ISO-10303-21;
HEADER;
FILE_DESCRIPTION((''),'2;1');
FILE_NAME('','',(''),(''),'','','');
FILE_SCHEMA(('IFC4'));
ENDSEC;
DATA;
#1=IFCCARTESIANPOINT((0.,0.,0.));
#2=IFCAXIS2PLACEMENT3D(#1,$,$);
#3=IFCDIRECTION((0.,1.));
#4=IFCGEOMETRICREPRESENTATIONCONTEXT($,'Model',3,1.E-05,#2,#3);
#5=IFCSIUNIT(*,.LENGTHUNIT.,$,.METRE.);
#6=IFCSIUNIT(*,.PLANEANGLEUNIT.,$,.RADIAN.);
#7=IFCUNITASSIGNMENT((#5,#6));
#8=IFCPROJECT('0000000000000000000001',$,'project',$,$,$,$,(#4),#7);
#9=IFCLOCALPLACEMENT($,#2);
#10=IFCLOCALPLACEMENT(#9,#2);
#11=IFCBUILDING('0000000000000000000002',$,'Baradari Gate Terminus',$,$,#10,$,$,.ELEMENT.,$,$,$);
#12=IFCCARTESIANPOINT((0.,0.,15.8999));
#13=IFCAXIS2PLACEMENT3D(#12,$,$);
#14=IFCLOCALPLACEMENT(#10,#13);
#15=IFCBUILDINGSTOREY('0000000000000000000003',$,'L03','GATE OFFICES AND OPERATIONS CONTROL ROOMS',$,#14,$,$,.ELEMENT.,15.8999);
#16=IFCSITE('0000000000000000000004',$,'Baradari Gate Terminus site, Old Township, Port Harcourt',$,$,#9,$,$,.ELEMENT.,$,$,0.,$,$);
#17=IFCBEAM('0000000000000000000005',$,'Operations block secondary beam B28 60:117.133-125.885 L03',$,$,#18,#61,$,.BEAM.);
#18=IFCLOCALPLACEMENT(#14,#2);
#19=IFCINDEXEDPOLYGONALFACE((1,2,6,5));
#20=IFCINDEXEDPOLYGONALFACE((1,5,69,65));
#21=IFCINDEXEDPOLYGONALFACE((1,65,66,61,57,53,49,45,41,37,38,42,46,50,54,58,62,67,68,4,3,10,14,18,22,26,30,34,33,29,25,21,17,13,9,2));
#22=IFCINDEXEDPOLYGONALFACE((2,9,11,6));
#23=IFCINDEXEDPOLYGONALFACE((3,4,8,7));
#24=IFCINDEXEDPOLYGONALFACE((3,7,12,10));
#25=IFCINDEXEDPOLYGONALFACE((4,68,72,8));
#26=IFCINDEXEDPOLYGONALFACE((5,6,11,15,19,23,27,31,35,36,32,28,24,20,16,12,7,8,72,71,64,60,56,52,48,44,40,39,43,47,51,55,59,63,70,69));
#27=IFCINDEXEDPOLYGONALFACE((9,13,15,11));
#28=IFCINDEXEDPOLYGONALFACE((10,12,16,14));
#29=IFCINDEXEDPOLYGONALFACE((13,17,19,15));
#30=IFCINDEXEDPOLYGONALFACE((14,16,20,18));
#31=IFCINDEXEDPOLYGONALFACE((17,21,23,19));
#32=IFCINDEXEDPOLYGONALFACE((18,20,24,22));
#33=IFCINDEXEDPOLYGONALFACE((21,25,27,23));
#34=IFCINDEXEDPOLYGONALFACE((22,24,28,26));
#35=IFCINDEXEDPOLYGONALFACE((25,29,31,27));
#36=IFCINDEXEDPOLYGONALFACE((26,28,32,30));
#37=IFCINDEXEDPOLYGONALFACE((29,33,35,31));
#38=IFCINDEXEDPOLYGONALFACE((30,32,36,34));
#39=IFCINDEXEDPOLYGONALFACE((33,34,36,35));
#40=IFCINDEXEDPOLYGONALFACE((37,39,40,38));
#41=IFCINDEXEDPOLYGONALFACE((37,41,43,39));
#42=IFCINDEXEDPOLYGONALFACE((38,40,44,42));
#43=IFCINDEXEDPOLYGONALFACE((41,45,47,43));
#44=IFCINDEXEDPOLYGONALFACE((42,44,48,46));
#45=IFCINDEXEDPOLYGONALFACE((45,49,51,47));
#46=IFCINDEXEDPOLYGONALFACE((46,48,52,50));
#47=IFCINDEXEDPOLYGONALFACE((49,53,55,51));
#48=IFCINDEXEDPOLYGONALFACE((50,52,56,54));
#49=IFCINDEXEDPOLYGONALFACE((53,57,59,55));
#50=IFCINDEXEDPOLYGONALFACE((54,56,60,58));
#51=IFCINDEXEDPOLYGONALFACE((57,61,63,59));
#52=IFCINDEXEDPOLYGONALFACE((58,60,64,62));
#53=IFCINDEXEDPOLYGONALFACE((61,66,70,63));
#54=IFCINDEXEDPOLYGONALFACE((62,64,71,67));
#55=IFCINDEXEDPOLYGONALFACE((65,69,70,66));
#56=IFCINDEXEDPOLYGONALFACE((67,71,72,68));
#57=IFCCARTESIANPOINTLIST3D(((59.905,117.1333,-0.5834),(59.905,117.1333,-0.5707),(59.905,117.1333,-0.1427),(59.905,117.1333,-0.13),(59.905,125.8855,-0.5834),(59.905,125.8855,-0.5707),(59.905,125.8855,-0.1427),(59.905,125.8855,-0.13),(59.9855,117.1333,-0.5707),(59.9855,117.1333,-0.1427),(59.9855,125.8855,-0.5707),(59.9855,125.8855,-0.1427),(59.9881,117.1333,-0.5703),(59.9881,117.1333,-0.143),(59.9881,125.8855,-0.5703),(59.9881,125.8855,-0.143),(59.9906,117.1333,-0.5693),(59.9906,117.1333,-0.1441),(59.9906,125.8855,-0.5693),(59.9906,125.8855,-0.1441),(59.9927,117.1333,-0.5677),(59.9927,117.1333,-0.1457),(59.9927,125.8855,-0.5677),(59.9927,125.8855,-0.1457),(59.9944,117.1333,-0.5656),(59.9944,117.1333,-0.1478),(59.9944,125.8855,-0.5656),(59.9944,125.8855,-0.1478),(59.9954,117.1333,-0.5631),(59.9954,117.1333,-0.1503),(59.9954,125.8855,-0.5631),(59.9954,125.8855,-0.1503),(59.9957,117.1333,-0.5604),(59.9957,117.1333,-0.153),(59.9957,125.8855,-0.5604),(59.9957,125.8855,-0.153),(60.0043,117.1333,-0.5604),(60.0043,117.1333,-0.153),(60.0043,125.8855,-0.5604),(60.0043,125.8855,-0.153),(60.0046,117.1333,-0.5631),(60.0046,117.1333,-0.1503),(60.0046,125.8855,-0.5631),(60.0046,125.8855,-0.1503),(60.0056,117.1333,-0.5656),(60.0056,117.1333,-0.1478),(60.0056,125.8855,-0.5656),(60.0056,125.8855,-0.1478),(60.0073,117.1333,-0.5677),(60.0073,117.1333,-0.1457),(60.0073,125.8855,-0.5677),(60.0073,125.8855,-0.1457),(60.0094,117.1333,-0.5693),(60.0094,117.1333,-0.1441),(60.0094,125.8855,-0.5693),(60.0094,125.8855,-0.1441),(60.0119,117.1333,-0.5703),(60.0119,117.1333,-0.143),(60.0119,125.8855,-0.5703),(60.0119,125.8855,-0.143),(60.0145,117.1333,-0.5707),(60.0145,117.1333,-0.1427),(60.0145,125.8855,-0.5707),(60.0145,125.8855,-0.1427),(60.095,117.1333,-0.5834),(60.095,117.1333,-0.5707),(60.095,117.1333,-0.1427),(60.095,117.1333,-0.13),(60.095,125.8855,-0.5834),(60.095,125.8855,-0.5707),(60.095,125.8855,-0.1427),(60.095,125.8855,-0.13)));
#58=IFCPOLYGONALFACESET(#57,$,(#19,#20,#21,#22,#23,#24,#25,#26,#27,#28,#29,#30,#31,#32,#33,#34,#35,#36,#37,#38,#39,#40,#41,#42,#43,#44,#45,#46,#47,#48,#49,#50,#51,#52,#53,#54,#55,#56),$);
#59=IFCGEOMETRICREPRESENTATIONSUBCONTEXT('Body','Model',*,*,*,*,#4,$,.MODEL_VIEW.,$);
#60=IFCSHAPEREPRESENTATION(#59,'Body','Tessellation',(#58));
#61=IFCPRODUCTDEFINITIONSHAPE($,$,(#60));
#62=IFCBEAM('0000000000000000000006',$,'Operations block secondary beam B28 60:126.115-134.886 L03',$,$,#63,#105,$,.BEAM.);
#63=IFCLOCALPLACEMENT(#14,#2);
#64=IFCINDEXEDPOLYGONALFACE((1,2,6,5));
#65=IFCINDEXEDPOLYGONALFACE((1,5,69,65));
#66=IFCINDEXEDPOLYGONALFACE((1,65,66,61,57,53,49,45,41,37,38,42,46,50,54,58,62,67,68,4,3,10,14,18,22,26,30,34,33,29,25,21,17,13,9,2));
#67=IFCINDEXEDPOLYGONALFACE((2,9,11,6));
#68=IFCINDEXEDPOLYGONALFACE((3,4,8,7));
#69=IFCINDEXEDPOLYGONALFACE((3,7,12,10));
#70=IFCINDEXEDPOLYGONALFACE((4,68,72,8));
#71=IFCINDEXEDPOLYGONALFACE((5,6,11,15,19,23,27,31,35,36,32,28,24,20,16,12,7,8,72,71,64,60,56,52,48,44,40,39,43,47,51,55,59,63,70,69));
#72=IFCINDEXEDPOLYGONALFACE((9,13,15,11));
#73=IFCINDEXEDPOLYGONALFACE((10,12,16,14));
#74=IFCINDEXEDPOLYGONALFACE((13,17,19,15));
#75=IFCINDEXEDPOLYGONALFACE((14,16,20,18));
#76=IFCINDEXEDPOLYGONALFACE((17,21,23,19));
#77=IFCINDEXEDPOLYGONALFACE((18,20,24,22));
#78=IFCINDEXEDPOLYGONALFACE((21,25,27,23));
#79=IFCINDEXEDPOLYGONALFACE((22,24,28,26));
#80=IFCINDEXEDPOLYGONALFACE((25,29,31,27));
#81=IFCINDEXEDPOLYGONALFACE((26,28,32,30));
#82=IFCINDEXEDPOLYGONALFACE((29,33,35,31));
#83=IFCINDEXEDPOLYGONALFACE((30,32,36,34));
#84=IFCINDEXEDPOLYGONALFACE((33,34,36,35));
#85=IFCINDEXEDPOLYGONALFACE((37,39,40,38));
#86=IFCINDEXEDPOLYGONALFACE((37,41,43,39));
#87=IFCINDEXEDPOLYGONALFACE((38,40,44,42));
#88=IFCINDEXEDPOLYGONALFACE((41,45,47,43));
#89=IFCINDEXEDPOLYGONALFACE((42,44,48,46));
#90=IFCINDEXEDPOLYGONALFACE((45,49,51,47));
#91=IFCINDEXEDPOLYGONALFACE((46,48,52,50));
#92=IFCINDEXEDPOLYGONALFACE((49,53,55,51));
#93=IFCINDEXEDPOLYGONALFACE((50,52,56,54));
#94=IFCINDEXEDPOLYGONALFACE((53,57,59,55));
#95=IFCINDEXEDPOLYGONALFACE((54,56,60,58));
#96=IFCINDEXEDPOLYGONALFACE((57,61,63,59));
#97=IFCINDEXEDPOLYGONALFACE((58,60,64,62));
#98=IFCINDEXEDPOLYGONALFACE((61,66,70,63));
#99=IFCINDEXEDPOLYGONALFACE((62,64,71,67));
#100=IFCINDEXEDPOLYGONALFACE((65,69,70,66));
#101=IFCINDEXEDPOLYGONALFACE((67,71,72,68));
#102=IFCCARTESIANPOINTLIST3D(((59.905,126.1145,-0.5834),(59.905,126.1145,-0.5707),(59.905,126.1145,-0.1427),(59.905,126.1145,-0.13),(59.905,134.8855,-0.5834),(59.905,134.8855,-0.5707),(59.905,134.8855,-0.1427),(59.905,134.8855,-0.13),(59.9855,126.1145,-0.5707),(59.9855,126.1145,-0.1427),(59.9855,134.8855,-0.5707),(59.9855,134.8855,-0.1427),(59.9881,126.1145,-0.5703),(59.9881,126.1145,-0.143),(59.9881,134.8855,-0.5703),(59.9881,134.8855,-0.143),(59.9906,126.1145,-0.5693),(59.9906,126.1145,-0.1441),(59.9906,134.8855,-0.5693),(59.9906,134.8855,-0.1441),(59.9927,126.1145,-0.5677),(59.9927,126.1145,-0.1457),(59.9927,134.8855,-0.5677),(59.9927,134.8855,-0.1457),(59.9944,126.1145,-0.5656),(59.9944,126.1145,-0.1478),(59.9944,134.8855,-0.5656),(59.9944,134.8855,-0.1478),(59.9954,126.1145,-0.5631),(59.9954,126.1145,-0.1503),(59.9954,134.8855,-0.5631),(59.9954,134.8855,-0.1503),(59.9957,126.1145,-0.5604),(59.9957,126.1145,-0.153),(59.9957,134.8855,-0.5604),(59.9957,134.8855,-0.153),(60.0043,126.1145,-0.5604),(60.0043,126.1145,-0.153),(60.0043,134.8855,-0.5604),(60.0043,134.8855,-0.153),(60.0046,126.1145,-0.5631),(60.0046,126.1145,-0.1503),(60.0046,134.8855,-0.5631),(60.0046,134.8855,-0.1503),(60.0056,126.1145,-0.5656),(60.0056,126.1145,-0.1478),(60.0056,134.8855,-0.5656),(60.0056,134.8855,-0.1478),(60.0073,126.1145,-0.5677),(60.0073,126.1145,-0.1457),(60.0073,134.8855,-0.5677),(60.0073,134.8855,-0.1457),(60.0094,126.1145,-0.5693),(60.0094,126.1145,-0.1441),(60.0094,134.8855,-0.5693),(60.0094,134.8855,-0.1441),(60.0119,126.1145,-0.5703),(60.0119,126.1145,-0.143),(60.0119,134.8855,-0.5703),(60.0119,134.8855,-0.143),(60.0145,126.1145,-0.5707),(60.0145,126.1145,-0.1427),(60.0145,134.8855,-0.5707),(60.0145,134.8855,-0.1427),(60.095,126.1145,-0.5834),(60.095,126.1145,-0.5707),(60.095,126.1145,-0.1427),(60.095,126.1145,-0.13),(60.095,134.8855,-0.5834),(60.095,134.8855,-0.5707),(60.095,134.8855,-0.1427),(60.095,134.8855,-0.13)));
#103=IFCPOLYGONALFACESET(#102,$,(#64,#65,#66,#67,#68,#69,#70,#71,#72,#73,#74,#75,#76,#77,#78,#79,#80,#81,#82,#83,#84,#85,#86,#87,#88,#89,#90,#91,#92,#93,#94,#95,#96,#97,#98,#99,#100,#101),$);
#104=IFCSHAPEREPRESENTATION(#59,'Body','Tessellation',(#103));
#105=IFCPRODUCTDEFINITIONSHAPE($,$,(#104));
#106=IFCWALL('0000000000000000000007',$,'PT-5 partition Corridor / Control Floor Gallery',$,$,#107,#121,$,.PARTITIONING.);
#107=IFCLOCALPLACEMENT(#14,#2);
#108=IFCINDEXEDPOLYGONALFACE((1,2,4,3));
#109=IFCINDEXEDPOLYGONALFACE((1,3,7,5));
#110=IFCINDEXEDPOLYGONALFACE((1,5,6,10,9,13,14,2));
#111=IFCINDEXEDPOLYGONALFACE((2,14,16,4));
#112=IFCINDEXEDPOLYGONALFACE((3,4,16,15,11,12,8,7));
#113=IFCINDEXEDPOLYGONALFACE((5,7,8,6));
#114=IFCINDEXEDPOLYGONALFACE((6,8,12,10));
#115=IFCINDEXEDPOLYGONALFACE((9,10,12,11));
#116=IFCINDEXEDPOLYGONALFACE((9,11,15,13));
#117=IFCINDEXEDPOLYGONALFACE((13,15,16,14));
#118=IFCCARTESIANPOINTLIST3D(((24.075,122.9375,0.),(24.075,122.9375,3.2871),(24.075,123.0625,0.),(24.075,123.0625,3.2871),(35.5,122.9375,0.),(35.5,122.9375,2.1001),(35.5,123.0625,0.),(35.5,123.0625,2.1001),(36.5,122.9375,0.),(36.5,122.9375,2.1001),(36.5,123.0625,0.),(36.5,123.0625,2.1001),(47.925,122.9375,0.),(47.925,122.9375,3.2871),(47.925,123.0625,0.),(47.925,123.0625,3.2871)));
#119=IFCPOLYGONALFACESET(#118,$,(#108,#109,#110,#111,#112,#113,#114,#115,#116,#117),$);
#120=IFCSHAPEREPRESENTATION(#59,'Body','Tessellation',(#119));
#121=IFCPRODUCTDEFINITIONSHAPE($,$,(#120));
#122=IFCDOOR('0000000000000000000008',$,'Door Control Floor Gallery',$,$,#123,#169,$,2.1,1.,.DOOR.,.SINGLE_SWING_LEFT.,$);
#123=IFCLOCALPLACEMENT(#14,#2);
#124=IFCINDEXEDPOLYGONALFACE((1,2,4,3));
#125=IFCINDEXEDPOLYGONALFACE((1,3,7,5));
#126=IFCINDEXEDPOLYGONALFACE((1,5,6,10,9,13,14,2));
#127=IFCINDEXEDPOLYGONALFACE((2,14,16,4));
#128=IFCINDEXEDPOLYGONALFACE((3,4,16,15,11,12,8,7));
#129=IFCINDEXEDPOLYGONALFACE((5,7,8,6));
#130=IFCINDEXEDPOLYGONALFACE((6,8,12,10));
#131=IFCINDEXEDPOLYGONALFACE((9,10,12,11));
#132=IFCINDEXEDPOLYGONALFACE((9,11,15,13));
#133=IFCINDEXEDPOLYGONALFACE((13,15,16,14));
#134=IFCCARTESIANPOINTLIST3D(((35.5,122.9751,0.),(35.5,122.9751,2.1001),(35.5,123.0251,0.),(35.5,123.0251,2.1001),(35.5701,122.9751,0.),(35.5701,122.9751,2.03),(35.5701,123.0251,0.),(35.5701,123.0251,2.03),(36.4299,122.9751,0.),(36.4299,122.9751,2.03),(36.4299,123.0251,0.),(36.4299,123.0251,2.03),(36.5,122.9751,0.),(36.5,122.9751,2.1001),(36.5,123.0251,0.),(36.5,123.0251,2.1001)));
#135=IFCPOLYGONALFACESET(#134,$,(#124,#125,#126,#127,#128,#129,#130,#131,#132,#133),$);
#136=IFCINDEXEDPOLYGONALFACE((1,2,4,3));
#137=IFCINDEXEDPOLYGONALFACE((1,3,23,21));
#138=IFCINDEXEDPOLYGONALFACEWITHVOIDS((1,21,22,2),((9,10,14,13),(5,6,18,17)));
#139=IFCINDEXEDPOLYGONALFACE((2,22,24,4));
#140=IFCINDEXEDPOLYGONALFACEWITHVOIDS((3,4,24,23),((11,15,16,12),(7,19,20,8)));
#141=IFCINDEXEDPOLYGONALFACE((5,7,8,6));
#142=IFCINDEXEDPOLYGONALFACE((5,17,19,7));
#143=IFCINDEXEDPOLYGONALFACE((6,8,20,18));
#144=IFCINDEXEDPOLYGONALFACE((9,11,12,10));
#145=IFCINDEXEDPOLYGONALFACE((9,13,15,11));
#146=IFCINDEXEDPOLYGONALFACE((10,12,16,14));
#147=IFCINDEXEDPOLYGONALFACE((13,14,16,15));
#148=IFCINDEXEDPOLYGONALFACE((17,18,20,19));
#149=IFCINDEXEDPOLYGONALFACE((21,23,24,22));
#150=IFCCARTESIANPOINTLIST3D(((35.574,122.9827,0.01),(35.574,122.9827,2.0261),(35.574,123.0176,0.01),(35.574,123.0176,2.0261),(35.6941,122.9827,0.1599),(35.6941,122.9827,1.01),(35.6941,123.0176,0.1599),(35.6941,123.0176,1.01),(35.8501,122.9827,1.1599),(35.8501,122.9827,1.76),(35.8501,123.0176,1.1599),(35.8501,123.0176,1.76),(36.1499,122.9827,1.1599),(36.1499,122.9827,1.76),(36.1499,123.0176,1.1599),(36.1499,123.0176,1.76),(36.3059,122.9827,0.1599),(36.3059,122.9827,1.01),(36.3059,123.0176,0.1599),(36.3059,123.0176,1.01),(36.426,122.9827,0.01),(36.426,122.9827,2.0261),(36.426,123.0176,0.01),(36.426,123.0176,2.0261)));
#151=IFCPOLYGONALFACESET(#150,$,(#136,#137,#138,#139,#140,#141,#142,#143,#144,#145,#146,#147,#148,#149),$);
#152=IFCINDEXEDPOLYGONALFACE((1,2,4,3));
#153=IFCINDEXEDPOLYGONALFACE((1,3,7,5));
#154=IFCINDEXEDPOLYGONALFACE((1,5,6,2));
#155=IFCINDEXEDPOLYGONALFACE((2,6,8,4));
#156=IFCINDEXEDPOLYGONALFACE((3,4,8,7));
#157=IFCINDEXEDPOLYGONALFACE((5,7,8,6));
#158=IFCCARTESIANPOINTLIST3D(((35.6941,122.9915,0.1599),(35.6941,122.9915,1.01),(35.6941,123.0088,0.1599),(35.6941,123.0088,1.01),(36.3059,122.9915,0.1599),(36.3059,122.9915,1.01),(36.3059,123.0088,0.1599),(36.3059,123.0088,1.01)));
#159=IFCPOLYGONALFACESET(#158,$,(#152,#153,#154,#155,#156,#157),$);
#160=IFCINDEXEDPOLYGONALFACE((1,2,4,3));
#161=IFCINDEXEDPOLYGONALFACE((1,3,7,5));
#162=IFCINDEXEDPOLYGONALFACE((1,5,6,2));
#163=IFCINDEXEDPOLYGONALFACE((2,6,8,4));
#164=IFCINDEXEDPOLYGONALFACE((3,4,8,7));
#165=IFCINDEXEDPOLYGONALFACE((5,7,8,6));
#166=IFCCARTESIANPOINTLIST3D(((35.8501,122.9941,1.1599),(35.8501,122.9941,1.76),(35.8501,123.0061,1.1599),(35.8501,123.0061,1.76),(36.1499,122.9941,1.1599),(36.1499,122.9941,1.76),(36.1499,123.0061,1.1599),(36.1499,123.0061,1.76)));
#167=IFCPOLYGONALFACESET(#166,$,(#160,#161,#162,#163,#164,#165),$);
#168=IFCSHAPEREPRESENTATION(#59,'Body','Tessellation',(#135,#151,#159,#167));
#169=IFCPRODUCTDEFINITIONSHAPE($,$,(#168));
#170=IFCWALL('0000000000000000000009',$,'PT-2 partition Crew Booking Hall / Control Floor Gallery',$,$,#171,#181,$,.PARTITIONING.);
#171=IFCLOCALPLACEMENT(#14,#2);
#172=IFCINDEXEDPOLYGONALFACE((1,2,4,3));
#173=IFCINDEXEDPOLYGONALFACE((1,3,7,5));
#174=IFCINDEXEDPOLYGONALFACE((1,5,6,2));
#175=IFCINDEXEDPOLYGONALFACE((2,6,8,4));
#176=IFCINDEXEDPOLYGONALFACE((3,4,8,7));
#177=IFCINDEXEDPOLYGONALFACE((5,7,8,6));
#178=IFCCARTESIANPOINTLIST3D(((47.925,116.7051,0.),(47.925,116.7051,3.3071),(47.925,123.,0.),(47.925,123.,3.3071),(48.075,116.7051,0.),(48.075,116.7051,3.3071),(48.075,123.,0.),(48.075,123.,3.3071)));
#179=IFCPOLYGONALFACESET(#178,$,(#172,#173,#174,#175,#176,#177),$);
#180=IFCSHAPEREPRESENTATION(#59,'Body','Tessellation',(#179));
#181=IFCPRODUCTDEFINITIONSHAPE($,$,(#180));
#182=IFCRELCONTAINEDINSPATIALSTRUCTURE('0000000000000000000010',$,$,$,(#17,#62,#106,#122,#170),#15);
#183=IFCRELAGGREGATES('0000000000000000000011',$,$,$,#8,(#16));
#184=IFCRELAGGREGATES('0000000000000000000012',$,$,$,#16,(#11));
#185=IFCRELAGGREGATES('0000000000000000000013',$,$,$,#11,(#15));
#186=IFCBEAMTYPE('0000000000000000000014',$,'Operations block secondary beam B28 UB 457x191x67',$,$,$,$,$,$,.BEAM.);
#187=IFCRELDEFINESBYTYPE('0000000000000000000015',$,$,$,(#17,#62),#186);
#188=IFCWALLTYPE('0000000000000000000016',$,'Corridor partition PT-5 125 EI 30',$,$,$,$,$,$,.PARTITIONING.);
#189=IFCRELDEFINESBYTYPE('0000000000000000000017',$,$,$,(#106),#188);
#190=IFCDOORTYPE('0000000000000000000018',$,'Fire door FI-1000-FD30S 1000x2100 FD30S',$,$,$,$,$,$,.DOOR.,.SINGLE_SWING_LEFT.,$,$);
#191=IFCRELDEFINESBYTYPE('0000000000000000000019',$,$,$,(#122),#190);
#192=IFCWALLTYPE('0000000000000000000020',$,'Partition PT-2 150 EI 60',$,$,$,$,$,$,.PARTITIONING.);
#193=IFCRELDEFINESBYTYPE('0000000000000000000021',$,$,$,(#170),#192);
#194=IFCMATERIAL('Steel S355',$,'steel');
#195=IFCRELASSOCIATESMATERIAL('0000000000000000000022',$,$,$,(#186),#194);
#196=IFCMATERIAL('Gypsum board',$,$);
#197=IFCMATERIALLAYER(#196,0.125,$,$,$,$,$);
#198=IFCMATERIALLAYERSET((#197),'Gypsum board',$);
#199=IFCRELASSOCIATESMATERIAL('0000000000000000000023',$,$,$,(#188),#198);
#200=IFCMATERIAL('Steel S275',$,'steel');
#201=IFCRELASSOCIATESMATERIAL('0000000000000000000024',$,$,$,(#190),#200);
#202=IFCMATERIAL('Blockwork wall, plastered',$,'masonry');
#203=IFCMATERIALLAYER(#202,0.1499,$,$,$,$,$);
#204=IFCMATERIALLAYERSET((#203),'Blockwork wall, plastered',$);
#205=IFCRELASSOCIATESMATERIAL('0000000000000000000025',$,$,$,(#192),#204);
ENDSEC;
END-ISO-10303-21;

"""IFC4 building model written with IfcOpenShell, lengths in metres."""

from ifc_helpers import new_model, si_unit, direction, frame, frame_2d, origin, origin_2d, place, context, subcontext, project, spatial, polyline, rectangle, i_section, outline, extrude, material, layer, layer_set, material_profile, profile_set, type_object, element, fill, save


model = new_model("IFC4")

# Units and contexts
model_context = context("Model", 3, precision=1e-05, world=origin(), true_north=direction((0.0, 1.0)))
body_context = subcontext(model_context, "Body", "Model", "MODEL_VIEW")
ifc_project = project(units=[si_unit("LENGTHUNIT", "METRE"), si_unit("PLANEANGLEUNIT", "RADIAN")], contexts=[model_context])

# Site, building, storey
site_placement = place(None, origin())
site = spatial("IfcSite", under=ifc_project, at=site_placement, Name="Baradari Gate Terminus site, Old Township, Port Harcourt", CompositionType="ELEMENT", RefElevation=0.0)
building_placement = place(site_placement, origin())
building = spatial("IfcBuilding", under=site, at=building_placement, Name="Baradari Gate Terminus", CompositionType="ELEMENT")
storey_placement = place(building_placement, frame((0.0, 0.0, 15.8999)))
storey = spatial("IfcBuildingStorey", under=building, at=storey_placement, Name="L03", Description="GATE OFFICES AND OPERATIONS CONTROL ROOMS", CompositionType="ELEMENT", Elevation=15.8999)

# Beams
ifc_material_1 = material(Name="Steel S355", Category="steel")
ifc_material_profile_1 = material_profile(ifc_material_1, i_section(OverallWidth=0.1899, OverallDepth=0.4534, WebThickness=0.0085, FlangeThickness=0.0127, FilletRadius=0.0103, at=origin_2d()), Name="UB 457x191x67")
ifc_profile_set_1 = profile_set([ifc_material_profile_1], Name="Steel S355")
beam_type_1 = type_object("IfcBeamType", Name="Operations block secondary beam B28 UB 457x191x67", PredefinedType="BEAM", material=ifc_profile_set_1)
beam_1_placement = place(storey_placement, frame((60.0, 117.1333, -0.3567), z_axis=(0.0, 1.0, 0.0), x_axis=(-1.0, 0.0, 0.0)))
element("IfcBeam", 1, at=beam_1_placement, inside=storey, type_object=beam_type_1, Name="Operations block secondary beam B28 60:117.133-125.885 L03", PredefinedType="BEAM", context=body_context, shape_type="SweptSolid", body=[
    extrude(i_section(OverallWidth=0.1899, OverallDepth=0.4534, WebThickness=0.0085, FlangeThickness=0.0127, FilletRadius=0.0103, at=origin_2d()), origin(), (0.0, 0.0, 1.0), 8.7522),
])
beam_2_placement = place(storey_placement, frame((60.0, 126.1145, -0.3567), z_axis=(0.0, 1.0, 0.0), x_axis=(-1.0, 0.0, 0.0)))
element("IfcBeam", 2, at=beam_2_placement, inside=storey, type_object=beam_type_1, Name="Operations block secondary beam B28 60:126.115-134.886 L03", PredefinedType="BEAM", context=body_context, shape_type="SweptSolid", body=[
    extrude(i_section(OverallWidth=0.1899, OverallDepth=0.4534, WebThickness=0.0085, FlangeThickness=0.0127, FilletRadius=0.0103, at=origin_2d()), origin(), (0.0, 0.0, 1.0), 8.771),
])

# Wall, opening, door
ifc_material_2 = material(Name="Gypsum board")
ifc_layer_1 = layer(ifc_material_2, 0.125)
ifc_layer_set_1 = layer_set([ifc_layer_1], Name="Gypsum board")
wall_type_1 = type_object("IfcWallType", Name="Corridor partition PT-5 125 EI 30", PredefinedType="PARTITIONING", material=ifc_layer_set_1)
wall_1_placement = place(storey_placement, frame((47.925, 123.0, 0.0), z_axis=(0.0, 0.0, 1.0), x_axis=(-1.0, 0.0, 0.0)))
wall_1 = element("IfcWall", 3, at=wall_1_placement, inside=storey, type_object=wall_type_1, Name="PT-5 partition Corridor / Control Floor Gallery", PredefinedType="PARTITIONING", context=body_context, shape_type="SweptSolid", body=[
    extrude(rectangle(XDim=23.8501, YDim=0.125, at=frame_2d((11.925, 0.0))), origin(), (0.0, 0.0, 1.0), 3.2871),
])
opening_placement = place(wall_1_placement, frame((11.425, 0.0, 0.0)))
opening = element("IfcOpeningElement", 4, at=opening_placement, cuts=wall_1, PredefinedType="OPENING", context=body_context, shape_type="SweptSolid", body=[
    extrude(rectangle(XDim=1.0, YDim=2.1001, at=frame_2d((0.5, 1.05))), frame((0.0, 0.0725, 0.0), z_axis=(0.0, -1.0, 0.0), x_axis=(1.0, 0.0, 0.0)), (0.0, 0.0, 1.0), 0.145),
])
ifc_material_3 = material(Name="Steel S275", Category="steel")
door_type = type_object("IfcDoorType", Name="Fire door FI-1000-FD30S 1000x2100 FD30S", OperationType="SINGLE_SWING_LEFT", PredefinedType="DOOR", material=ifc_material_3)
door_placement = place(opening_placement, origin())
door = element("IfcDoor", 5, at=door_placement, inside=storey, type_object=door_type, Name="Door Control Floor Gallery", OperationType="SINGLE_SWING_LEFT", OverallHeight=2.1, OverallWidth=1.0, PredefinedType="DOOR", context=body_context, shape_type="SweptSolid", body=[
    extrude(outline(polyline([(0.0, 0.0), (0.0701, 0.0), (0.0701, 2.03), (0.9299, 2.03), (0.9299, 0.0), (1.0, 0.0), (1.0, 2.1001), (0.0, 2.1001), (0.0, 0.0)])), frame((0.0, 0.0249, 0.0), z_axis=(0.0, -1.0, 0.0), x_axis=(1.0, 0.0, 0.0)), (0.0, 0.0, 1.0), 0.05),
    extrude(outline(polyline([(0.074, 0.01), (0.926, 0.01), (0.926, 2.0261), (0.074, 2.0261), (0.074, 0.01)]), holes=[polyline([(0.1941, 0.1599), (0.8059, 0.1599), (0.8059, 1.01), (0.1941, 1.01), (0.1941, 0.1599)]), polyline([(0.3501, 1.1599), (0.6499, 1.1599), (0.6499, 1.76), (0.3501, 1.76), (0.3501, 1.1599)])]), frame((0.0, 0.0173, 0.0), z_axis=(0.0, -1.0, 0.0), x_axis=(1.0, 0.0, 0.0)), (0.0, 0.0, 1.0), 0.0349),
    extrude(rectangle(XDim=0.6118, YDim=0.8501, at=frame_2d((0.5, 0.585))), frame((0.0, 0.0085, 0.0), z_axis=(0.0, -1.0, 0.0), x_axis=(1.0, 0.0, 0.0)), (0.0, 0.0, 1.0), 0.0173),
    extrude(rectangle(XDim=0.2998, YDim=0.6001, at=frame_2d((0.5, 1.46))), frame((0.0, 0.0059, 0.0), z_axis=(0.0, -1.0, 0.0), x_axis=(1.0, 0.0, 0.0)), (0.0, 0.0, 1.0), 0.012),
])
fill(opening, door)

# Wall
ifc_material_4 = material(Name="Blockwork wall, plastered", Category="masonry")
ifc_layer_2 = layer(ifc_material_4, 0.1499)
ifc_layer_set_2 = layer_set([ifc_layer_2], Name="Blockwork wall, plastered")
wall_type_2 = type_object("IfcWallType", Name="Partition PT-2 150 EI 60", PredefinedType="PARTITIONING", material=ifc_layer_set_2)
wall_2_placement = place(storey_placement, frame((48.0, 116.7051, 0.0), z_axis=(0.0, 0.0, 1.0), x_axis=(0.0, 1.0, 0.0)))
element("IfcWall", 6, at=wall_2_placement, inside=storey, type_object=wall_type_2, Name="PT-2 partition Crew Booking Hall / Control Floor Gallery", PredefinedType="PARTITIONING", context=body_context, shape_type="SweptSolid", body=[
    extrude(rectangle(XDim=6.2949, YDim=0.1499, at=frame_2d((3.1475, 0.0))), origin(), (0.0, 0.0, 1.0), 3.3071),
])

save(model, "model.ifc")
